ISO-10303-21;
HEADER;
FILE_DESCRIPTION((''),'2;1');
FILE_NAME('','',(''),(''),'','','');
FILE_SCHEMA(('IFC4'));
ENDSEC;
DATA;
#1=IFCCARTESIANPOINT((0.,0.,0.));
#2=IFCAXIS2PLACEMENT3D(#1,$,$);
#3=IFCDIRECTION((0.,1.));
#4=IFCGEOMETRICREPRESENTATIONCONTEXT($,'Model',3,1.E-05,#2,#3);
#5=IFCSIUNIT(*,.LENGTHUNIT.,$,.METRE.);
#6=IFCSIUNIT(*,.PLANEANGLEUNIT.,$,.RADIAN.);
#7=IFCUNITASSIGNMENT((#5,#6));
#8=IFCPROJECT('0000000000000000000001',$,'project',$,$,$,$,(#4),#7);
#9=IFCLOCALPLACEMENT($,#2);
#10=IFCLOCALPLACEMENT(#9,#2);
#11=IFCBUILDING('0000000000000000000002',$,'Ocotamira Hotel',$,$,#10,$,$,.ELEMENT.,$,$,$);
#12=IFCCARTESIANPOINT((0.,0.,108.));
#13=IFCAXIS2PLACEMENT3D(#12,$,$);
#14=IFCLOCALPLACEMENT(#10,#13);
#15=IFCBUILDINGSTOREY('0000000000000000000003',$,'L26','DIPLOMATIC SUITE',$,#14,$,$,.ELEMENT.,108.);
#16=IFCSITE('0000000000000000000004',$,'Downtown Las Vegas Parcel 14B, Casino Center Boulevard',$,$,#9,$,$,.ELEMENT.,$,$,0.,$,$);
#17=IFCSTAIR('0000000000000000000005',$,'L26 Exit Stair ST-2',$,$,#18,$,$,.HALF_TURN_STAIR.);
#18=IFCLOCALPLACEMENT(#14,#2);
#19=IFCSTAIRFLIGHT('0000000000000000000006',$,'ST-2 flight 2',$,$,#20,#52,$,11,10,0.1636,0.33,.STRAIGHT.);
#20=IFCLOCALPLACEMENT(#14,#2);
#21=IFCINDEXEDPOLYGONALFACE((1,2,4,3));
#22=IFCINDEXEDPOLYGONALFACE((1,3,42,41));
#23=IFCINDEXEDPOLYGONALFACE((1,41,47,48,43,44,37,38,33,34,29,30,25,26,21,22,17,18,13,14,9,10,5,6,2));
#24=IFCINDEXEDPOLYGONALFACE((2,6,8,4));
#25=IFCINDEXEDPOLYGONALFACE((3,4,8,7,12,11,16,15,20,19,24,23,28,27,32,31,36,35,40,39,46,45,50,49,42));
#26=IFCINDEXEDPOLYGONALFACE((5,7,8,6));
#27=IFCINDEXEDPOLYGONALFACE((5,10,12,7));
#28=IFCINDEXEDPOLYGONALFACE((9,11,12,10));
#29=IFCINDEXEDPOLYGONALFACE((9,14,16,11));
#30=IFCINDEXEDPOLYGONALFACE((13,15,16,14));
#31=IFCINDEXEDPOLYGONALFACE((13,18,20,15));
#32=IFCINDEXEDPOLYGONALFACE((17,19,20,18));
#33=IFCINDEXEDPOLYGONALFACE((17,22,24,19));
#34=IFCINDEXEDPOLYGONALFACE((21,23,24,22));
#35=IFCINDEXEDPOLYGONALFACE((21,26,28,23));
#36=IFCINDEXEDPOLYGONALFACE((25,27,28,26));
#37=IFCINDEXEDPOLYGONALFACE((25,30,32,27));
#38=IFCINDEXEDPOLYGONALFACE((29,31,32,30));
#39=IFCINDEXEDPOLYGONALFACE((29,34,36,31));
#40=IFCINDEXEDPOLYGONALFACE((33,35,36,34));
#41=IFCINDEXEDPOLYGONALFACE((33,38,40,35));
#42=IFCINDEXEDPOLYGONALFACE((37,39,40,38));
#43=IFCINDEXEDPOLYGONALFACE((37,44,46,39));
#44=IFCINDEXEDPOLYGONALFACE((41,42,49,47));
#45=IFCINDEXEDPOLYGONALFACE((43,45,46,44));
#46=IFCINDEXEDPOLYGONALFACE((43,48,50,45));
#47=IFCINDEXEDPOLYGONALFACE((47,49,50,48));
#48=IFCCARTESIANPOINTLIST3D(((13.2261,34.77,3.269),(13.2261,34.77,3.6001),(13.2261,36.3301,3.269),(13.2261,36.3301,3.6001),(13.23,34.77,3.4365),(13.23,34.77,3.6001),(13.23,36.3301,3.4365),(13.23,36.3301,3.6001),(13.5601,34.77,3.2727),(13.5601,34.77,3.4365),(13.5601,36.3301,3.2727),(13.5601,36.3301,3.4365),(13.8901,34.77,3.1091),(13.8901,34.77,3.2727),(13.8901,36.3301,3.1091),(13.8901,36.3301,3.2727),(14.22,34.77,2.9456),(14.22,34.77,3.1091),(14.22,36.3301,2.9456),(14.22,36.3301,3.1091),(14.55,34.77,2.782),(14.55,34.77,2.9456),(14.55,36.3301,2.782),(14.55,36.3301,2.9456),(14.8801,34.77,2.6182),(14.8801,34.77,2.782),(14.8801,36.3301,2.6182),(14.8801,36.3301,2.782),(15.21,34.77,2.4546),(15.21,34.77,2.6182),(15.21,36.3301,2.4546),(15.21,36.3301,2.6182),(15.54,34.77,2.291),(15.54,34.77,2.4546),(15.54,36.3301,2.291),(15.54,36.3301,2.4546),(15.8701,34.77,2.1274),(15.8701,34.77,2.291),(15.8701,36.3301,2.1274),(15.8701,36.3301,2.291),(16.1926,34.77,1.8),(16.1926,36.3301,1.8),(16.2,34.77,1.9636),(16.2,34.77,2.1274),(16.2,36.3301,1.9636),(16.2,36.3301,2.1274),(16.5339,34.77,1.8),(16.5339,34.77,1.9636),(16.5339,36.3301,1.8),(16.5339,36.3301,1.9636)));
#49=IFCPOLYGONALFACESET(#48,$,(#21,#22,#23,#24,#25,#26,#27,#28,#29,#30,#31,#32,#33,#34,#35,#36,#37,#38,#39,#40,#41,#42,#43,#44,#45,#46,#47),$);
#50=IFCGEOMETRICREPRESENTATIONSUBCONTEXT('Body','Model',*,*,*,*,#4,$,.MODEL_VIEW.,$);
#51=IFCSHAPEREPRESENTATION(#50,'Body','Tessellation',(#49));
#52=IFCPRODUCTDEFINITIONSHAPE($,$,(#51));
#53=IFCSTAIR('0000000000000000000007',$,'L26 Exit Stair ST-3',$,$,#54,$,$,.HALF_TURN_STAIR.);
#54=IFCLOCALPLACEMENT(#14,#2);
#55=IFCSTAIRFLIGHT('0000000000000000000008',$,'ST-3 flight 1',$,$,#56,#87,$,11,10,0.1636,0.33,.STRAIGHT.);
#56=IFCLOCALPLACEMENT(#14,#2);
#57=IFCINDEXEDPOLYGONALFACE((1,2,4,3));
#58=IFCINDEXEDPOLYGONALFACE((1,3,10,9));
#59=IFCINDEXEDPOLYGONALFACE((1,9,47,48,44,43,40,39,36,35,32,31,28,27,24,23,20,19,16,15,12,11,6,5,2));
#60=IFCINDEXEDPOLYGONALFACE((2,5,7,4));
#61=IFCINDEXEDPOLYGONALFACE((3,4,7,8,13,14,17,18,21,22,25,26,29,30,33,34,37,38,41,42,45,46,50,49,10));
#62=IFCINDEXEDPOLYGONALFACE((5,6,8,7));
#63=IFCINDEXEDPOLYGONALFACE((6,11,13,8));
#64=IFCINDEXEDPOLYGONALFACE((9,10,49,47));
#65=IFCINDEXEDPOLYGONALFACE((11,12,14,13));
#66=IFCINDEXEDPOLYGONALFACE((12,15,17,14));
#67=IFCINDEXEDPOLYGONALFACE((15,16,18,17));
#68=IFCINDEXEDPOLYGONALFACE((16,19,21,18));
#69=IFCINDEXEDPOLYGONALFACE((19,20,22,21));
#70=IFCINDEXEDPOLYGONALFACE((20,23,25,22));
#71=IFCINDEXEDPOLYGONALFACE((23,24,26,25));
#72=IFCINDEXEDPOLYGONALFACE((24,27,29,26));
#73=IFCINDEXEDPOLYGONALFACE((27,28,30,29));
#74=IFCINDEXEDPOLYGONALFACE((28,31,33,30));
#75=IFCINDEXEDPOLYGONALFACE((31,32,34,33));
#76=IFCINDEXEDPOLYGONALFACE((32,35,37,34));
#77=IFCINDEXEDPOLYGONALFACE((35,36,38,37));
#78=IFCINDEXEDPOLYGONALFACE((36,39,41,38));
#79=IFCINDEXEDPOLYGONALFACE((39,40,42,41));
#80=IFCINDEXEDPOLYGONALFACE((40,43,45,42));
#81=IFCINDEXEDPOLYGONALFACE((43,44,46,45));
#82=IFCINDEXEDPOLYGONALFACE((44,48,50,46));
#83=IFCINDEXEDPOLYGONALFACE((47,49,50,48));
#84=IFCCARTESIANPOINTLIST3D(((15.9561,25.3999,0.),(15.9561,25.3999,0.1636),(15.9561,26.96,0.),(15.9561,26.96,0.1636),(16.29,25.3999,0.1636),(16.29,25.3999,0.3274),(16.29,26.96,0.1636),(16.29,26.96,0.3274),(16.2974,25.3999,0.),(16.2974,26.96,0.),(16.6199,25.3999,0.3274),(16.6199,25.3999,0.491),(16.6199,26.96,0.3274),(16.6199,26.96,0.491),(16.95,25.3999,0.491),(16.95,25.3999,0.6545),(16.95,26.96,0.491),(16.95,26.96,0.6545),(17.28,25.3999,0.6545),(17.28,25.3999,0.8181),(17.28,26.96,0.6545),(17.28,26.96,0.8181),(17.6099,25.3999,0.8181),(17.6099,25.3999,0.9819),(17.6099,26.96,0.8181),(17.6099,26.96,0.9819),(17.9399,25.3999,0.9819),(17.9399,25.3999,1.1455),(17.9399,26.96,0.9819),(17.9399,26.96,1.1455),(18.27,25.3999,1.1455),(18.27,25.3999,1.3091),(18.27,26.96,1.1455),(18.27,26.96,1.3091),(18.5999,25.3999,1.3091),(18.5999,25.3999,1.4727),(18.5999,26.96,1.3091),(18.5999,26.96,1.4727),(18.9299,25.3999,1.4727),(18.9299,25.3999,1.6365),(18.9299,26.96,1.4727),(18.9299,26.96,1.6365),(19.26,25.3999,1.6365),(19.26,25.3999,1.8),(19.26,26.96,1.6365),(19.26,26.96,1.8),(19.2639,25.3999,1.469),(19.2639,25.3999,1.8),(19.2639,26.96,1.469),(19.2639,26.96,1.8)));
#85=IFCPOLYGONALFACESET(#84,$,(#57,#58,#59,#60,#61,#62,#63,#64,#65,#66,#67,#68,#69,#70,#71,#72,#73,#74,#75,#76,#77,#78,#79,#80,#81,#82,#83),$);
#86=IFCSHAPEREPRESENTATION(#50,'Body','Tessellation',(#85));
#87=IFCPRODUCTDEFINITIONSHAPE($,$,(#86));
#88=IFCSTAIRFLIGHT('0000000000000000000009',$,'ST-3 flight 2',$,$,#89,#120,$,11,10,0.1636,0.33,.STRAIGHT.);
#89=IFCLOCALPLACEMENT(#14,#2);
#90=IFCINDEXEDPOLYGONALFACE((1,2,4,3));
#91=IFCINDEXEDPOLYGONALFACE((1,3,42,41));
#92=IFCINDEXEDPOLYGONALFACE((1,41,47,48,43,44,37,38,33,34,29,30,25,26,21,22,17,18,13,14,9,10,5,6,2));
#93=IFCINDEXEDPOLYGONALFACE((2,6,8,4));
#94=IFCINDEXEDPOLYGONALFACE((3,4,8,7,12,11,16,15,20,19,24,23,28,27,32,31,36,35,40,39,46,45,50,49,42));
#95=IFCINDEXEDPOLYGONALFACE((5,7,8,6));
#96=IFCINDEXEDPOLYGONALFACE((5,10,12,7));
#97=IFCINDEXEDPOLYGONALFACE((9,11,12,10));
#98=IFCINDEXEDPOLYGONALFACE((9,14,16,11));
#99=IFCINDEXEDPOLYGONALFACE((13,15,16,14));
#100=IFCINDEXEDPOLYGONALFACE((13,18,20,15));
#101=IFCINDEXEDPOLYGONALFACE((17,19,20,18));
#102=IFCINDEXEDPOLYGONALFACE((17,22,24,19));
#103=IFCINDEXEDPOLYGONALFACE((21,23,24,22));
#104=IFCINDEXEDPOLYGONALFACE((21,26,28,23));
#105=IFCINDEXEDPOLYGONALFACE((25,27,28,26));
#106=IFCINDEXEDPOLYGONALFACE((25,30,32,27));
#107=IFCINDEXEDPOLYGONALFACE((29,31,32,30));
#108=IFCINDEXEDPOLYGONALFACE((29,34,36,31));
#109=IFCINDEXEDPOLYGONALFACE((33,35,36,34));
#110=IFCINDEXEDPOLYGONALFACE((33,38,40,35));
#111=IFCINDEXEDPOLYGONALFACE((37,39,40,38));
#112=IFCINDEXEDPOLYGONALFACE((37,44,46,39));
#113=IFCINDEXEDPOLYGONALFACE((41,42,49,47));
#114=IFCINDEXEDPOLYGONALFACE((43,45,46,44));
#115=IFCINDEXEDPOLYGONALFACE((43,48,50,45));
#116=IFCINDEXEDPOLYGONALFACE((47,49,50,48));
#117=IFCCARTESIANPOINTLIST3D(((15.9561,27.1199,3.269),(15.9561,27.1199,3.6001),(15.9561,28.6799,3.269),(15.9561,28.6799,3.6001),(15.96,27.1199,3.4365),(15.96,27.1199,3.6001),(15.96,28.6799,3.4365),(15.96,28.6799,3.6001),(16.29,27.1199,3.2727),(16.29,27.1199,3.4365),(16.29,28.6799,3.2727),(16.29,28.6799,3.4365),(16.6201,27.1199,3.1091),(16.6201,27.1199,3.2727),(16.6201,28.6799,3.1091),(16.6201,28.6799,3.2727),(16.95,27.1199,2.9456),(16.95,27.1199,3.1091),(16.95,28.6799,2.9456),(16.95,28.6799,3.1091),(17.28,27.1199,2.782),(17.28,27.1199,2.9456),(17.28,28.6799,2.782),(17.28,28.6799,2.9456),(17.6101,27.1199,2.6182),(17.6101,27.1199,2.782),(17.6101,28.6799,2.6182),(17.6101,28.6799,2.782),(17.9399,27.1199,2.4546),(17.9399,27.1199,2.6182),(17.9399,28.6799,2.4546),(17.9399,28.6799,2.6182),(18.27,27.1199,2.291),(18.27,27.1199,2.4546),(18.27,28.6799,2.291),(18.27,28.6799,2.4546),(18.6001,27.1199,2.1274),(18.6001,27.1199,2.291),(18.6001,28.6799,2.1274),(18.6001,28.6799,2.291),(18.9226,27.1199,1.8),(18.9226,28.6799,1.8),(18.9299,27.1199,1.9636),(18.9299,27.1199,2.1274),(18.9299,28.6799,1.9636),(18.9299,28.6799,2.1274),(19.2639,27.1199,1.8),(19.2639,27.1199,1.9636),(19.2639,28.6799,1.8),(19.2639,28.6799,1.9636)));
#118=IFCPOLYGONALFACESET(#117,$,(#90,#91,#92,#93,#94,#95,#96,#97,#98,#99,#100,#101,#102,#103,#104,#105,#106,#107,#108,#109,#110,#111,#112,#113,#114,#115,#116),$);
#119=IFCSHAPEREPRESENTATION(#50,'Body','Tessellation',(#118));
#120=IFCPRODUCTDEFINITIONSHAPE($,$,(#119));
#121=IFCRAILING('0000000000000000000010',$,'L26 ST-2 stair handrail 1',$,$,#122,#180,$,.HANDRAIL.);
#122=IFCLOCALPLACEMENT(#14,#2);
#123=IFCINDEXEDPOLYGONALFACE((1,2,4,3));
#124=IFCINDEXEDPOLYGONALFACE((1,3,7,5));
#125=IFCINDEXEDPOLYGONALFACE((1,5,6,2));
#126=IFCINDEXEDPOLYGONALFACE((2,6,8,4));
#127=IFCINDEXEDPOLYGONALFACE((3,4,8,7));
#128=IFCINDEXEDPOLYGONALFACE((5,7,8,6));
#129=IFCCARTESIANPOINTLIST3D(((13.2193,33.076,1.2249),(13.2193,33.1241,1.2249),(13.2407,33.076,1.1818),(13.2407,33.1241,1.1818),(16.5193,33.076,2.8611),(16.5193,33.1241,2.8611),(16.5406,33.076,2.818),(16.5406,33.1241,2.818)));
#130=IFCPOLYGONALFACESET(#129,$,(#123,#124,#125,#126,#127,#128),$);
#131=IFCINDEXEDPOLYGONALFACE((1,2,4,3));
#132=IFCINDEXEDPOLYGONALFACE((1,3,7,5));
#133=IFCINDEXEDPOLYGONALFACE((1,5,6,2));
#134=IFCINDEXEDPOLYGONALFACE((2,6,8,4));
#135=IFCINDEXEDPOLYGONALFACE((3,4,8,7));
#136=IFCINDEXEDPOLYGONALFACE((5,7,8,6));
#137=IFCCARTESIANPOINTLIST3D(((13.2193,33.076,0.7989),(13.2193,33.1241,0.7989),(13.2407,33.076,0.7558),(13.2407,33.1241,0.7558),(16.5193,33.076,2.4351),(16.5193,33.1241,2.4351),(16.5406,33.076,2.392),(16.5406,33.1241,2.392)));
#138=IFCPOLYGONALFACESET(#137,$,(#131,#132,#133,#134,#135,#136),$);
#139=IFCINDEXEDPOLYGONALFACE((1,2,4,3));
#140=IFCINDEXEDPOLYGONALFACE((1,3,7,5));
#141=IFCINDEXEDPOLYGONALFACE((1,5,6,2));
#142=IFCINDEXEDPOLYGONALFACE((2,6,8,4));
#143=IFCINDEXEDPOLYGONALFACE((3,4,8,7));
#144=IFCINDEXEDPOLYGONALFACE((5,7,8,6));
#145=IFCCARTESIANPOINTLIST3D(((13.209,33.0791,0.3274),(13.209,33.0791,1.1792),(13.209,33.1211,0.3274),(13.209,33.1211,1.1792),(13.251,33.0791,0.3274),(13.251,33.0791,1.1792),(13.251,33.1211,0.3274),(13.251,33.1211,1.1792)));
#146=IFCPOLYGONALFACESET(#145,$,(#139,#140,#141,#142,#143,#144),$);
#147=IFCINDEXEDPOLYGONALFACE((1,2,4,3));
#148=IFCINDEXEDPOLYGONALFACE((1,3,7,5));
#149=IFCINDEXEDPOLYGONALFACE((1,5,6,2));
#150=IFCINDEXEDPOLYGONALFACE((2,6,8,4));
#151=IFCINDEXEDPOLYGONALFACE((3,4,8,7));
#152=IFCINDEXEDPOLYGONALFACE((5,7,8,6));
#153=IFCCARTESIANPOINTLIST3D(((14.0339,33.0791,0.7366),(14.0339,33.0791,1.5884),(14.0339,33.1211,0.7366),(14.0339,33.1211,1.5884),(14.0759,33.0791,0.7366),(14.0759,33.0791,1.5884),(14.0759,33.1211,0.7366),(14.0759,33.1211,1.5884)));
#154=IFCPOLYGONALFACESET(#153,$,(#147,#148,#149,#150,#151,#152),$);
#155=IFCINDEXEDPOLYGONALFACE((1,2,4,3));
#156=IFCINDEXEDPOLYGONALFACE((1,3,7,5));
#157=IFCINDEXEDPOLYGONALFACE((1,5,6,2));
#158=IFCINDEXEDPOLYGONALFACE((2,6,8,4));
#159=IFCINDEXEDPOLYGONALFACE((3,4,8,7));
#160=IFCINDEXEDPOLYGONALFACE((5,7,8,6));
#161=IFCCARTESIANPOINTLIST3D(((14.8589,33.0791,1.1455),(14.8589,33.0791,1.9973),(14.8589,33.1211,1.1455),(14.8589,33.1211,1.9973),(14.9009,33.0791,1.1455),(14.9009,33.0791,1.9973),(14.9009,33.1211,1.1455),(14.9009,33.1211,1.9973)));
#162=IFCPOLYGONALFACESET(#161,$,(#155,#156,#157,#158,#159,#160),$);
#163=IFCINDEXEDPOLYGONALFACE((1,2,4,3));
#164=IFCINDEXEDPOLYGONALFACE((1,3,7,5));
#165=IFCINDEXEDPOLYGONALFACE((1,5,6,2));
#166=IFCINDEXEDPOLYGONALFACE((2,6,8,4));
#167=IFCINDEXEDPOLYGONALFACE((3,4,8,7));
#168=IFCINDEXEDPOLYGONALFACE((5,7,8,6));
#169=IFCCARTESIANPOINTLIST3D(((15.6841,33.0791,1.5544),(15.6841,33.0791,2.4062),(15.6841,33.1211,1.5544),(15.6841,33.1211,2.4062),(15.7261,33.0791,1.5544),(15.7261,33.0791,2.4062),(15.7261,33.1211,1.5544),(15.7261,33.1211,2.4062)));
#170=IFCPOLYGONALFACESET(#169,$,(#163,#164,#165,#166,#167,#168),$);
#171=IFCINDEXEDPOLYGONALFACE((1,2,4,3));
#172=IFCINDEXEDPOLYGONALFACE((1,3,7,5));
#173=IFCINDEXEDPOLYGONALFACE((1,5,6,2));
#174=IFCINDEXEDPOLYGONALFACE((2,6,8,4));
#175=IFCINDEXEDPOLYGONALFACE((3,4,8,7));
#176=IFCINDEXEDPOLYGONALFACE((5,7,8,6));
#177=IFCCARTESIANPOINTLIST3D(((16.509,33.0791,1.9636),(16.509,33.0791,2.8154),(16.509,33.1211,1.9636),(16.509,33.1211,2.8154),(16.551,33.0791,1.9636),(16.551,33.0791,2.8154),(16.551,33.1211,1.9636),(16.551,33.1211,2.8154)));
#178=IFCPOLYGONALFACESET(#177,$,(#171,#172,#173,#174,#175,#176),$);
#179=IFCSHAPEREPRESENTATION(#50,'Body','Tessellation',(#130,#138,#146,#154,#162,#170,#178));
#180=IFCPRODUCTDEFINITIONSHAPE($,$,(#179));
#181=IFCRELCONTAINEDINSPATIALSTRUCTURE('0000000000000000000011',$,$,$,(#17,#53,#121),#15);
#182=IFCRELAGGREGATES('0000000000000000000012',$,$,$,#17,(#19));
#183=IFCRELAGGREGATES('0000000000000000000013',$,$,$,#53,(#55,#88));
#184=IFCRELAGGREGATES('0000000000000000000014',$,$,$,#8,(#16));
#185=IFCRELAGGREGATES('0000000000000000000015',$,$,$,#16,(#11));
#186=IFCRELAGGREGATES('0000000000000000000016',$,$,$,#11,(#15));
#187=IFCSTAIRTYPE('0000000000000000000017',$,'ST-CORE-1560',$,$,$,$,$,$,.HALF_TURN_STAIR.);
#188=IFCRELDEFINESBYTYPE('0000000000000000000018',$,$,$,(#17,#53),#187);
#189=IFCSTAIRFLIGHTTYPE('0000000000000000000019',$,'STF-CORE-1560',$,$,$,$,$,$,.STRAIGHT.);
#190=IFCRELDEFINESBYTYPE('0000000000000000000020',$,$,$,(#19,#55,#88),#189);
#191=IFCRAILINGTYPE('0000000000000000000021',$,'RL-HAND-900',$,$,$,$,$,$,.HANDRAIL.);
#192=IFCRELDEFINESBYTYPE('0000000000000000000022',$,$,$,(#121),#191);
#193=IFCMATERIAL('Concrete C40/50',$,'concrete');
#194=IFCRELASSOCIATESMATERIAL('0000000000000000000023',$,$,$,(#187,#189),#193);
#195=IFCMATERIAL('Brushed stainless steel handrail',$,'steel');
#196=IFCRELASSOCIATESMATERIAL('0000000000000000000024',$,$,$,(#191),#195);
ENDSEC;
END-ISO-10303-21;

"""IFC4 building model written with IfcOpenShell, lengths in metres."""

from ifc_helpers import new_model, si_unit, direction, frame, origin, origin_2d, place, context, subcontext, project, spatial, polyline, rectangle, outline, extrude, source, transform, mapped, material, type_object, element, aggregate, save


model = new_model("IFC4")

# Units and contexts
model_context = context("Model", 3, precision=1e-05, world=origin(), true_north=direction((0.0, 1.0)))
body_context = subcontext(model_context, "Body", "Model", "MODEL_VIEW")
ifc_project = project(units=[si_unit("LENGTHUNIT", "METRE"), si_unit("PLANEANGLEUNIT", "RADIAN")], contexts=[model_context])

# Site, building, storey
site_placement = place(None, origin())
site = spatial("IfcSite", under=ifc_project, at=site_placement, Name="Downtown Las Vegas Parcel 14B, Casino Center Boulevard", CompositionType="ELEMENT", RefElevation=0.0)
building_placement = place(site_placement, origin())
building = spatial("IfcBuilding", under=site, at=building_placement, Name="Ocotamira Hotel", CompositionType="ELEMENT")
storey_placement = place(building_placement, frame((0.0, 0.0, 108.0)))
storey = spatial("IfcBuildingStorey", under=building, at=storey_placement, Name="L26", Description="DIPLOMATIC SUITE", CompositionType="ELEMENT", Elevation=108.0)

# Stairs, stair flights
ifc_material_1 = material(Name="Concrete C40/50", Category="concrete")
stair_type = type_object("IfcStairType", Name="ST-CORE-1560", PredefinedType="HALF_TURN_STAIR", material=ifc_material_1)
stair_1_placement = place(storey_placement, origin())
stair_1 = element("IfcStair", 1, at=stair_1_placement, inside=storey, type_object=stair_type, Name="L26 Exit Stair ST-2", PredefinedType="HALF_TURN_STAIR")
stair_flight_type = type_object("IfcStairFlightType", Name="STF-CORE-1560", PredefinedType="STRAIGHT", material=ifc_material_1)
shared_shape_1 = source(origin(), body_context, "Body", "SweptSolid", [
    extrude(outline(polyline([(-0.0039, 0.0), (-0.0039, 0.1636), (0.3301, 0.1636), (0.3301, 0.3274), (0.6599, 0.3274), (0.6599, 0.491), (0.99, 0.491), (0.99, 0.6545), (1.3201, 0.6545), (1.3201, 0.8181), (1.6499, 0.8181), (1.6499, 0.9819), (1.98, 0.9819), (1.98, 1.1455), (2.3101, 1.1455), (2.3101, 1.3091), (2.6399, 1.3091), (2.6399, 1.4727), (2.97, 1.4727), (2.97, 1.6365), (3.3, 1.6365), (3.3, 1.8), (3.304, 1.8), (3.304, 1.469), (0.3374, 0.0), (-0.0039, 0.0)])), frame((0.0, 0.78, 0.0), z_axis=(0.0, -1.0, 0.0), x_axis=(1.0, 0.0, 0.0)), (0.0, 0.0, 1.0), 1.5601),
])
stair_flight_1_placement = place(storey_placement, frame((16.53, 35.55, 1.8), z_axis=(0.0, 0.0, 1.0), x_axis=(-1.0, 0.0, 0.0)))
stair_flight_1 = element("IfcStairFlight", 2, at=stair_flight_1_placement, type_object=stair_flight_type, Name="ST-2 flight 2", NumberOfRisers=11, NumberOfTreads=10, PredefinedType="STRAIGHT", RiserHeight=0.1636, TreadLength=0.33, context=body_context, shape_type="MappedRepresentation", body=[
    mapped(shared_shape_1, transform((0.0, 0.0, 0.0), scale=1.0)),
])
aggregate(stair_1, [stair_flight_1])
stair_2_placement = place(storey_placement, origin())
stair_2 = element("IfcStair", 3, at=stair_2_placement, inside=storey, type_object=stair_type, Name="L26 Exit Stair ST-3", PredefinedType="HALF_TURN_STAIR")
stair_flight_2_placement = place(storey_placement, frame((15.96, 26.1799, 0.0), z_axis=(0.0, 0.0, 1.0), x_axis=(1.0, 0.0, 0.0)))
stair_flight_2 = element("IfcStairFlight", 4, at=stair_flight_2_placement, type_object=stair_flight_type, Name="ST-3 flight 1", NumberOfRisers=11, NumberOfTreads=10, PredefinedType="STRAIGHT", RiserHeight=0.1636, TreadLength=0.33, context=body_context, shape_type="MappedRepresentation", body=[
    mapped(shared_shape_1, transform((0.0, 0.0, 0.0), scale=1.0)),
])
stair_flight_3_placement = place(storey_placement, frame((19.26, 27.8999, 1.8), z_axis=(0.0, 0.0, 1.0), x_axis=(-1.0, 0.0, 0.0)))
stair_flight_3 = element("IfcStairFlight", 5, at=stair_flight_3_placement, type_object=stair_flight_type, Name="ST-3 flight 2", NumberOfRisers=11, NumberOfTreads=10, PredefinedType="STRAIGHT", RiserHeight=0.1636, TreadLength=0.33, context=body_context, shape_type="MappedRepresentation", body=[
    mapped(shared_shape_1, transform((0.0, 0.0, 0.0), scale=1.0)),
])
aggregate(stair_2, [stair_flight_2, stair_flight_3])

# Railing
ifc_material_2 = material(Name="Brushed stainless steel handrail", Category="steel")
railing_type_1 = type_object("IfcRailingType", Name="RL-HAND-900", PredefinedType="HANDRAIL", material=ifc_material_2)
railing_1_placement = place(storey_placement, frame((13.23, 33.1001, 0.3274)))
element("IfcRailing", 6, at=railing_1_placement, inside=storey, type_object=railing_type_1, Name="L26 ST-2 stair handrail 1", PredefinedType="HANDRAIL", context=body_context, shape_type="SweptSolid", body=[
    extrude(rectangle(XDim=0.0481, YDim=0.0481, at=origin_2d()), frame((0.0, 0.0, 0.876), z_axis=(0.89592, 0.0, 0.444215), x_axis=(0.0, 1.0, 0.0)), (0.0, 0.0, 1.0), 3.6833),
    extrude(rectangle(XDim=0.0481, YDim=0.0481, at=origin_2d()), frame((0.0, 0.0, 0.45), z_axis=(0.89592, 0.0, 0.444215), x_axis=(0.0, 1.0, 0.0)), (0.0, 0.0, 1.0), 3.6833),
    extrude(rectangle(XDim=0.042, YDim=0.042, at=origin_2d()), origin(), (0.0, 0.0, 1.0), 0.8518),
    extrude(rectangle(XDim=0.042, YDim=0.042, at=origin_2d()), frame((0.825, 0.0, 0.4092)), (0.0, 0.0, 1.0), 0.8518),
    extrude(rectangle(XDim=0.042, YDim=0.042, at=origin_2d()), frame((1.6499, 0.0, 0.8181)), (0.0, 0.0, 1.0), 0.8518),
    extrude(rectangle(XDim=0.042, YDim=0.042, at=origin_2d()), frame((2.4751, 0.0, 1.2271)), (0.0, 0.0, 1.0), 0.8518),
    extrude(rectangle(XDim=0.042, YDim=0.042, at=origin_2d()), frame((3.3, 0.0, 1.6362)), (0.0, 0.0, 1.0), 0.8518),
])

save(model, "model.ifc")
